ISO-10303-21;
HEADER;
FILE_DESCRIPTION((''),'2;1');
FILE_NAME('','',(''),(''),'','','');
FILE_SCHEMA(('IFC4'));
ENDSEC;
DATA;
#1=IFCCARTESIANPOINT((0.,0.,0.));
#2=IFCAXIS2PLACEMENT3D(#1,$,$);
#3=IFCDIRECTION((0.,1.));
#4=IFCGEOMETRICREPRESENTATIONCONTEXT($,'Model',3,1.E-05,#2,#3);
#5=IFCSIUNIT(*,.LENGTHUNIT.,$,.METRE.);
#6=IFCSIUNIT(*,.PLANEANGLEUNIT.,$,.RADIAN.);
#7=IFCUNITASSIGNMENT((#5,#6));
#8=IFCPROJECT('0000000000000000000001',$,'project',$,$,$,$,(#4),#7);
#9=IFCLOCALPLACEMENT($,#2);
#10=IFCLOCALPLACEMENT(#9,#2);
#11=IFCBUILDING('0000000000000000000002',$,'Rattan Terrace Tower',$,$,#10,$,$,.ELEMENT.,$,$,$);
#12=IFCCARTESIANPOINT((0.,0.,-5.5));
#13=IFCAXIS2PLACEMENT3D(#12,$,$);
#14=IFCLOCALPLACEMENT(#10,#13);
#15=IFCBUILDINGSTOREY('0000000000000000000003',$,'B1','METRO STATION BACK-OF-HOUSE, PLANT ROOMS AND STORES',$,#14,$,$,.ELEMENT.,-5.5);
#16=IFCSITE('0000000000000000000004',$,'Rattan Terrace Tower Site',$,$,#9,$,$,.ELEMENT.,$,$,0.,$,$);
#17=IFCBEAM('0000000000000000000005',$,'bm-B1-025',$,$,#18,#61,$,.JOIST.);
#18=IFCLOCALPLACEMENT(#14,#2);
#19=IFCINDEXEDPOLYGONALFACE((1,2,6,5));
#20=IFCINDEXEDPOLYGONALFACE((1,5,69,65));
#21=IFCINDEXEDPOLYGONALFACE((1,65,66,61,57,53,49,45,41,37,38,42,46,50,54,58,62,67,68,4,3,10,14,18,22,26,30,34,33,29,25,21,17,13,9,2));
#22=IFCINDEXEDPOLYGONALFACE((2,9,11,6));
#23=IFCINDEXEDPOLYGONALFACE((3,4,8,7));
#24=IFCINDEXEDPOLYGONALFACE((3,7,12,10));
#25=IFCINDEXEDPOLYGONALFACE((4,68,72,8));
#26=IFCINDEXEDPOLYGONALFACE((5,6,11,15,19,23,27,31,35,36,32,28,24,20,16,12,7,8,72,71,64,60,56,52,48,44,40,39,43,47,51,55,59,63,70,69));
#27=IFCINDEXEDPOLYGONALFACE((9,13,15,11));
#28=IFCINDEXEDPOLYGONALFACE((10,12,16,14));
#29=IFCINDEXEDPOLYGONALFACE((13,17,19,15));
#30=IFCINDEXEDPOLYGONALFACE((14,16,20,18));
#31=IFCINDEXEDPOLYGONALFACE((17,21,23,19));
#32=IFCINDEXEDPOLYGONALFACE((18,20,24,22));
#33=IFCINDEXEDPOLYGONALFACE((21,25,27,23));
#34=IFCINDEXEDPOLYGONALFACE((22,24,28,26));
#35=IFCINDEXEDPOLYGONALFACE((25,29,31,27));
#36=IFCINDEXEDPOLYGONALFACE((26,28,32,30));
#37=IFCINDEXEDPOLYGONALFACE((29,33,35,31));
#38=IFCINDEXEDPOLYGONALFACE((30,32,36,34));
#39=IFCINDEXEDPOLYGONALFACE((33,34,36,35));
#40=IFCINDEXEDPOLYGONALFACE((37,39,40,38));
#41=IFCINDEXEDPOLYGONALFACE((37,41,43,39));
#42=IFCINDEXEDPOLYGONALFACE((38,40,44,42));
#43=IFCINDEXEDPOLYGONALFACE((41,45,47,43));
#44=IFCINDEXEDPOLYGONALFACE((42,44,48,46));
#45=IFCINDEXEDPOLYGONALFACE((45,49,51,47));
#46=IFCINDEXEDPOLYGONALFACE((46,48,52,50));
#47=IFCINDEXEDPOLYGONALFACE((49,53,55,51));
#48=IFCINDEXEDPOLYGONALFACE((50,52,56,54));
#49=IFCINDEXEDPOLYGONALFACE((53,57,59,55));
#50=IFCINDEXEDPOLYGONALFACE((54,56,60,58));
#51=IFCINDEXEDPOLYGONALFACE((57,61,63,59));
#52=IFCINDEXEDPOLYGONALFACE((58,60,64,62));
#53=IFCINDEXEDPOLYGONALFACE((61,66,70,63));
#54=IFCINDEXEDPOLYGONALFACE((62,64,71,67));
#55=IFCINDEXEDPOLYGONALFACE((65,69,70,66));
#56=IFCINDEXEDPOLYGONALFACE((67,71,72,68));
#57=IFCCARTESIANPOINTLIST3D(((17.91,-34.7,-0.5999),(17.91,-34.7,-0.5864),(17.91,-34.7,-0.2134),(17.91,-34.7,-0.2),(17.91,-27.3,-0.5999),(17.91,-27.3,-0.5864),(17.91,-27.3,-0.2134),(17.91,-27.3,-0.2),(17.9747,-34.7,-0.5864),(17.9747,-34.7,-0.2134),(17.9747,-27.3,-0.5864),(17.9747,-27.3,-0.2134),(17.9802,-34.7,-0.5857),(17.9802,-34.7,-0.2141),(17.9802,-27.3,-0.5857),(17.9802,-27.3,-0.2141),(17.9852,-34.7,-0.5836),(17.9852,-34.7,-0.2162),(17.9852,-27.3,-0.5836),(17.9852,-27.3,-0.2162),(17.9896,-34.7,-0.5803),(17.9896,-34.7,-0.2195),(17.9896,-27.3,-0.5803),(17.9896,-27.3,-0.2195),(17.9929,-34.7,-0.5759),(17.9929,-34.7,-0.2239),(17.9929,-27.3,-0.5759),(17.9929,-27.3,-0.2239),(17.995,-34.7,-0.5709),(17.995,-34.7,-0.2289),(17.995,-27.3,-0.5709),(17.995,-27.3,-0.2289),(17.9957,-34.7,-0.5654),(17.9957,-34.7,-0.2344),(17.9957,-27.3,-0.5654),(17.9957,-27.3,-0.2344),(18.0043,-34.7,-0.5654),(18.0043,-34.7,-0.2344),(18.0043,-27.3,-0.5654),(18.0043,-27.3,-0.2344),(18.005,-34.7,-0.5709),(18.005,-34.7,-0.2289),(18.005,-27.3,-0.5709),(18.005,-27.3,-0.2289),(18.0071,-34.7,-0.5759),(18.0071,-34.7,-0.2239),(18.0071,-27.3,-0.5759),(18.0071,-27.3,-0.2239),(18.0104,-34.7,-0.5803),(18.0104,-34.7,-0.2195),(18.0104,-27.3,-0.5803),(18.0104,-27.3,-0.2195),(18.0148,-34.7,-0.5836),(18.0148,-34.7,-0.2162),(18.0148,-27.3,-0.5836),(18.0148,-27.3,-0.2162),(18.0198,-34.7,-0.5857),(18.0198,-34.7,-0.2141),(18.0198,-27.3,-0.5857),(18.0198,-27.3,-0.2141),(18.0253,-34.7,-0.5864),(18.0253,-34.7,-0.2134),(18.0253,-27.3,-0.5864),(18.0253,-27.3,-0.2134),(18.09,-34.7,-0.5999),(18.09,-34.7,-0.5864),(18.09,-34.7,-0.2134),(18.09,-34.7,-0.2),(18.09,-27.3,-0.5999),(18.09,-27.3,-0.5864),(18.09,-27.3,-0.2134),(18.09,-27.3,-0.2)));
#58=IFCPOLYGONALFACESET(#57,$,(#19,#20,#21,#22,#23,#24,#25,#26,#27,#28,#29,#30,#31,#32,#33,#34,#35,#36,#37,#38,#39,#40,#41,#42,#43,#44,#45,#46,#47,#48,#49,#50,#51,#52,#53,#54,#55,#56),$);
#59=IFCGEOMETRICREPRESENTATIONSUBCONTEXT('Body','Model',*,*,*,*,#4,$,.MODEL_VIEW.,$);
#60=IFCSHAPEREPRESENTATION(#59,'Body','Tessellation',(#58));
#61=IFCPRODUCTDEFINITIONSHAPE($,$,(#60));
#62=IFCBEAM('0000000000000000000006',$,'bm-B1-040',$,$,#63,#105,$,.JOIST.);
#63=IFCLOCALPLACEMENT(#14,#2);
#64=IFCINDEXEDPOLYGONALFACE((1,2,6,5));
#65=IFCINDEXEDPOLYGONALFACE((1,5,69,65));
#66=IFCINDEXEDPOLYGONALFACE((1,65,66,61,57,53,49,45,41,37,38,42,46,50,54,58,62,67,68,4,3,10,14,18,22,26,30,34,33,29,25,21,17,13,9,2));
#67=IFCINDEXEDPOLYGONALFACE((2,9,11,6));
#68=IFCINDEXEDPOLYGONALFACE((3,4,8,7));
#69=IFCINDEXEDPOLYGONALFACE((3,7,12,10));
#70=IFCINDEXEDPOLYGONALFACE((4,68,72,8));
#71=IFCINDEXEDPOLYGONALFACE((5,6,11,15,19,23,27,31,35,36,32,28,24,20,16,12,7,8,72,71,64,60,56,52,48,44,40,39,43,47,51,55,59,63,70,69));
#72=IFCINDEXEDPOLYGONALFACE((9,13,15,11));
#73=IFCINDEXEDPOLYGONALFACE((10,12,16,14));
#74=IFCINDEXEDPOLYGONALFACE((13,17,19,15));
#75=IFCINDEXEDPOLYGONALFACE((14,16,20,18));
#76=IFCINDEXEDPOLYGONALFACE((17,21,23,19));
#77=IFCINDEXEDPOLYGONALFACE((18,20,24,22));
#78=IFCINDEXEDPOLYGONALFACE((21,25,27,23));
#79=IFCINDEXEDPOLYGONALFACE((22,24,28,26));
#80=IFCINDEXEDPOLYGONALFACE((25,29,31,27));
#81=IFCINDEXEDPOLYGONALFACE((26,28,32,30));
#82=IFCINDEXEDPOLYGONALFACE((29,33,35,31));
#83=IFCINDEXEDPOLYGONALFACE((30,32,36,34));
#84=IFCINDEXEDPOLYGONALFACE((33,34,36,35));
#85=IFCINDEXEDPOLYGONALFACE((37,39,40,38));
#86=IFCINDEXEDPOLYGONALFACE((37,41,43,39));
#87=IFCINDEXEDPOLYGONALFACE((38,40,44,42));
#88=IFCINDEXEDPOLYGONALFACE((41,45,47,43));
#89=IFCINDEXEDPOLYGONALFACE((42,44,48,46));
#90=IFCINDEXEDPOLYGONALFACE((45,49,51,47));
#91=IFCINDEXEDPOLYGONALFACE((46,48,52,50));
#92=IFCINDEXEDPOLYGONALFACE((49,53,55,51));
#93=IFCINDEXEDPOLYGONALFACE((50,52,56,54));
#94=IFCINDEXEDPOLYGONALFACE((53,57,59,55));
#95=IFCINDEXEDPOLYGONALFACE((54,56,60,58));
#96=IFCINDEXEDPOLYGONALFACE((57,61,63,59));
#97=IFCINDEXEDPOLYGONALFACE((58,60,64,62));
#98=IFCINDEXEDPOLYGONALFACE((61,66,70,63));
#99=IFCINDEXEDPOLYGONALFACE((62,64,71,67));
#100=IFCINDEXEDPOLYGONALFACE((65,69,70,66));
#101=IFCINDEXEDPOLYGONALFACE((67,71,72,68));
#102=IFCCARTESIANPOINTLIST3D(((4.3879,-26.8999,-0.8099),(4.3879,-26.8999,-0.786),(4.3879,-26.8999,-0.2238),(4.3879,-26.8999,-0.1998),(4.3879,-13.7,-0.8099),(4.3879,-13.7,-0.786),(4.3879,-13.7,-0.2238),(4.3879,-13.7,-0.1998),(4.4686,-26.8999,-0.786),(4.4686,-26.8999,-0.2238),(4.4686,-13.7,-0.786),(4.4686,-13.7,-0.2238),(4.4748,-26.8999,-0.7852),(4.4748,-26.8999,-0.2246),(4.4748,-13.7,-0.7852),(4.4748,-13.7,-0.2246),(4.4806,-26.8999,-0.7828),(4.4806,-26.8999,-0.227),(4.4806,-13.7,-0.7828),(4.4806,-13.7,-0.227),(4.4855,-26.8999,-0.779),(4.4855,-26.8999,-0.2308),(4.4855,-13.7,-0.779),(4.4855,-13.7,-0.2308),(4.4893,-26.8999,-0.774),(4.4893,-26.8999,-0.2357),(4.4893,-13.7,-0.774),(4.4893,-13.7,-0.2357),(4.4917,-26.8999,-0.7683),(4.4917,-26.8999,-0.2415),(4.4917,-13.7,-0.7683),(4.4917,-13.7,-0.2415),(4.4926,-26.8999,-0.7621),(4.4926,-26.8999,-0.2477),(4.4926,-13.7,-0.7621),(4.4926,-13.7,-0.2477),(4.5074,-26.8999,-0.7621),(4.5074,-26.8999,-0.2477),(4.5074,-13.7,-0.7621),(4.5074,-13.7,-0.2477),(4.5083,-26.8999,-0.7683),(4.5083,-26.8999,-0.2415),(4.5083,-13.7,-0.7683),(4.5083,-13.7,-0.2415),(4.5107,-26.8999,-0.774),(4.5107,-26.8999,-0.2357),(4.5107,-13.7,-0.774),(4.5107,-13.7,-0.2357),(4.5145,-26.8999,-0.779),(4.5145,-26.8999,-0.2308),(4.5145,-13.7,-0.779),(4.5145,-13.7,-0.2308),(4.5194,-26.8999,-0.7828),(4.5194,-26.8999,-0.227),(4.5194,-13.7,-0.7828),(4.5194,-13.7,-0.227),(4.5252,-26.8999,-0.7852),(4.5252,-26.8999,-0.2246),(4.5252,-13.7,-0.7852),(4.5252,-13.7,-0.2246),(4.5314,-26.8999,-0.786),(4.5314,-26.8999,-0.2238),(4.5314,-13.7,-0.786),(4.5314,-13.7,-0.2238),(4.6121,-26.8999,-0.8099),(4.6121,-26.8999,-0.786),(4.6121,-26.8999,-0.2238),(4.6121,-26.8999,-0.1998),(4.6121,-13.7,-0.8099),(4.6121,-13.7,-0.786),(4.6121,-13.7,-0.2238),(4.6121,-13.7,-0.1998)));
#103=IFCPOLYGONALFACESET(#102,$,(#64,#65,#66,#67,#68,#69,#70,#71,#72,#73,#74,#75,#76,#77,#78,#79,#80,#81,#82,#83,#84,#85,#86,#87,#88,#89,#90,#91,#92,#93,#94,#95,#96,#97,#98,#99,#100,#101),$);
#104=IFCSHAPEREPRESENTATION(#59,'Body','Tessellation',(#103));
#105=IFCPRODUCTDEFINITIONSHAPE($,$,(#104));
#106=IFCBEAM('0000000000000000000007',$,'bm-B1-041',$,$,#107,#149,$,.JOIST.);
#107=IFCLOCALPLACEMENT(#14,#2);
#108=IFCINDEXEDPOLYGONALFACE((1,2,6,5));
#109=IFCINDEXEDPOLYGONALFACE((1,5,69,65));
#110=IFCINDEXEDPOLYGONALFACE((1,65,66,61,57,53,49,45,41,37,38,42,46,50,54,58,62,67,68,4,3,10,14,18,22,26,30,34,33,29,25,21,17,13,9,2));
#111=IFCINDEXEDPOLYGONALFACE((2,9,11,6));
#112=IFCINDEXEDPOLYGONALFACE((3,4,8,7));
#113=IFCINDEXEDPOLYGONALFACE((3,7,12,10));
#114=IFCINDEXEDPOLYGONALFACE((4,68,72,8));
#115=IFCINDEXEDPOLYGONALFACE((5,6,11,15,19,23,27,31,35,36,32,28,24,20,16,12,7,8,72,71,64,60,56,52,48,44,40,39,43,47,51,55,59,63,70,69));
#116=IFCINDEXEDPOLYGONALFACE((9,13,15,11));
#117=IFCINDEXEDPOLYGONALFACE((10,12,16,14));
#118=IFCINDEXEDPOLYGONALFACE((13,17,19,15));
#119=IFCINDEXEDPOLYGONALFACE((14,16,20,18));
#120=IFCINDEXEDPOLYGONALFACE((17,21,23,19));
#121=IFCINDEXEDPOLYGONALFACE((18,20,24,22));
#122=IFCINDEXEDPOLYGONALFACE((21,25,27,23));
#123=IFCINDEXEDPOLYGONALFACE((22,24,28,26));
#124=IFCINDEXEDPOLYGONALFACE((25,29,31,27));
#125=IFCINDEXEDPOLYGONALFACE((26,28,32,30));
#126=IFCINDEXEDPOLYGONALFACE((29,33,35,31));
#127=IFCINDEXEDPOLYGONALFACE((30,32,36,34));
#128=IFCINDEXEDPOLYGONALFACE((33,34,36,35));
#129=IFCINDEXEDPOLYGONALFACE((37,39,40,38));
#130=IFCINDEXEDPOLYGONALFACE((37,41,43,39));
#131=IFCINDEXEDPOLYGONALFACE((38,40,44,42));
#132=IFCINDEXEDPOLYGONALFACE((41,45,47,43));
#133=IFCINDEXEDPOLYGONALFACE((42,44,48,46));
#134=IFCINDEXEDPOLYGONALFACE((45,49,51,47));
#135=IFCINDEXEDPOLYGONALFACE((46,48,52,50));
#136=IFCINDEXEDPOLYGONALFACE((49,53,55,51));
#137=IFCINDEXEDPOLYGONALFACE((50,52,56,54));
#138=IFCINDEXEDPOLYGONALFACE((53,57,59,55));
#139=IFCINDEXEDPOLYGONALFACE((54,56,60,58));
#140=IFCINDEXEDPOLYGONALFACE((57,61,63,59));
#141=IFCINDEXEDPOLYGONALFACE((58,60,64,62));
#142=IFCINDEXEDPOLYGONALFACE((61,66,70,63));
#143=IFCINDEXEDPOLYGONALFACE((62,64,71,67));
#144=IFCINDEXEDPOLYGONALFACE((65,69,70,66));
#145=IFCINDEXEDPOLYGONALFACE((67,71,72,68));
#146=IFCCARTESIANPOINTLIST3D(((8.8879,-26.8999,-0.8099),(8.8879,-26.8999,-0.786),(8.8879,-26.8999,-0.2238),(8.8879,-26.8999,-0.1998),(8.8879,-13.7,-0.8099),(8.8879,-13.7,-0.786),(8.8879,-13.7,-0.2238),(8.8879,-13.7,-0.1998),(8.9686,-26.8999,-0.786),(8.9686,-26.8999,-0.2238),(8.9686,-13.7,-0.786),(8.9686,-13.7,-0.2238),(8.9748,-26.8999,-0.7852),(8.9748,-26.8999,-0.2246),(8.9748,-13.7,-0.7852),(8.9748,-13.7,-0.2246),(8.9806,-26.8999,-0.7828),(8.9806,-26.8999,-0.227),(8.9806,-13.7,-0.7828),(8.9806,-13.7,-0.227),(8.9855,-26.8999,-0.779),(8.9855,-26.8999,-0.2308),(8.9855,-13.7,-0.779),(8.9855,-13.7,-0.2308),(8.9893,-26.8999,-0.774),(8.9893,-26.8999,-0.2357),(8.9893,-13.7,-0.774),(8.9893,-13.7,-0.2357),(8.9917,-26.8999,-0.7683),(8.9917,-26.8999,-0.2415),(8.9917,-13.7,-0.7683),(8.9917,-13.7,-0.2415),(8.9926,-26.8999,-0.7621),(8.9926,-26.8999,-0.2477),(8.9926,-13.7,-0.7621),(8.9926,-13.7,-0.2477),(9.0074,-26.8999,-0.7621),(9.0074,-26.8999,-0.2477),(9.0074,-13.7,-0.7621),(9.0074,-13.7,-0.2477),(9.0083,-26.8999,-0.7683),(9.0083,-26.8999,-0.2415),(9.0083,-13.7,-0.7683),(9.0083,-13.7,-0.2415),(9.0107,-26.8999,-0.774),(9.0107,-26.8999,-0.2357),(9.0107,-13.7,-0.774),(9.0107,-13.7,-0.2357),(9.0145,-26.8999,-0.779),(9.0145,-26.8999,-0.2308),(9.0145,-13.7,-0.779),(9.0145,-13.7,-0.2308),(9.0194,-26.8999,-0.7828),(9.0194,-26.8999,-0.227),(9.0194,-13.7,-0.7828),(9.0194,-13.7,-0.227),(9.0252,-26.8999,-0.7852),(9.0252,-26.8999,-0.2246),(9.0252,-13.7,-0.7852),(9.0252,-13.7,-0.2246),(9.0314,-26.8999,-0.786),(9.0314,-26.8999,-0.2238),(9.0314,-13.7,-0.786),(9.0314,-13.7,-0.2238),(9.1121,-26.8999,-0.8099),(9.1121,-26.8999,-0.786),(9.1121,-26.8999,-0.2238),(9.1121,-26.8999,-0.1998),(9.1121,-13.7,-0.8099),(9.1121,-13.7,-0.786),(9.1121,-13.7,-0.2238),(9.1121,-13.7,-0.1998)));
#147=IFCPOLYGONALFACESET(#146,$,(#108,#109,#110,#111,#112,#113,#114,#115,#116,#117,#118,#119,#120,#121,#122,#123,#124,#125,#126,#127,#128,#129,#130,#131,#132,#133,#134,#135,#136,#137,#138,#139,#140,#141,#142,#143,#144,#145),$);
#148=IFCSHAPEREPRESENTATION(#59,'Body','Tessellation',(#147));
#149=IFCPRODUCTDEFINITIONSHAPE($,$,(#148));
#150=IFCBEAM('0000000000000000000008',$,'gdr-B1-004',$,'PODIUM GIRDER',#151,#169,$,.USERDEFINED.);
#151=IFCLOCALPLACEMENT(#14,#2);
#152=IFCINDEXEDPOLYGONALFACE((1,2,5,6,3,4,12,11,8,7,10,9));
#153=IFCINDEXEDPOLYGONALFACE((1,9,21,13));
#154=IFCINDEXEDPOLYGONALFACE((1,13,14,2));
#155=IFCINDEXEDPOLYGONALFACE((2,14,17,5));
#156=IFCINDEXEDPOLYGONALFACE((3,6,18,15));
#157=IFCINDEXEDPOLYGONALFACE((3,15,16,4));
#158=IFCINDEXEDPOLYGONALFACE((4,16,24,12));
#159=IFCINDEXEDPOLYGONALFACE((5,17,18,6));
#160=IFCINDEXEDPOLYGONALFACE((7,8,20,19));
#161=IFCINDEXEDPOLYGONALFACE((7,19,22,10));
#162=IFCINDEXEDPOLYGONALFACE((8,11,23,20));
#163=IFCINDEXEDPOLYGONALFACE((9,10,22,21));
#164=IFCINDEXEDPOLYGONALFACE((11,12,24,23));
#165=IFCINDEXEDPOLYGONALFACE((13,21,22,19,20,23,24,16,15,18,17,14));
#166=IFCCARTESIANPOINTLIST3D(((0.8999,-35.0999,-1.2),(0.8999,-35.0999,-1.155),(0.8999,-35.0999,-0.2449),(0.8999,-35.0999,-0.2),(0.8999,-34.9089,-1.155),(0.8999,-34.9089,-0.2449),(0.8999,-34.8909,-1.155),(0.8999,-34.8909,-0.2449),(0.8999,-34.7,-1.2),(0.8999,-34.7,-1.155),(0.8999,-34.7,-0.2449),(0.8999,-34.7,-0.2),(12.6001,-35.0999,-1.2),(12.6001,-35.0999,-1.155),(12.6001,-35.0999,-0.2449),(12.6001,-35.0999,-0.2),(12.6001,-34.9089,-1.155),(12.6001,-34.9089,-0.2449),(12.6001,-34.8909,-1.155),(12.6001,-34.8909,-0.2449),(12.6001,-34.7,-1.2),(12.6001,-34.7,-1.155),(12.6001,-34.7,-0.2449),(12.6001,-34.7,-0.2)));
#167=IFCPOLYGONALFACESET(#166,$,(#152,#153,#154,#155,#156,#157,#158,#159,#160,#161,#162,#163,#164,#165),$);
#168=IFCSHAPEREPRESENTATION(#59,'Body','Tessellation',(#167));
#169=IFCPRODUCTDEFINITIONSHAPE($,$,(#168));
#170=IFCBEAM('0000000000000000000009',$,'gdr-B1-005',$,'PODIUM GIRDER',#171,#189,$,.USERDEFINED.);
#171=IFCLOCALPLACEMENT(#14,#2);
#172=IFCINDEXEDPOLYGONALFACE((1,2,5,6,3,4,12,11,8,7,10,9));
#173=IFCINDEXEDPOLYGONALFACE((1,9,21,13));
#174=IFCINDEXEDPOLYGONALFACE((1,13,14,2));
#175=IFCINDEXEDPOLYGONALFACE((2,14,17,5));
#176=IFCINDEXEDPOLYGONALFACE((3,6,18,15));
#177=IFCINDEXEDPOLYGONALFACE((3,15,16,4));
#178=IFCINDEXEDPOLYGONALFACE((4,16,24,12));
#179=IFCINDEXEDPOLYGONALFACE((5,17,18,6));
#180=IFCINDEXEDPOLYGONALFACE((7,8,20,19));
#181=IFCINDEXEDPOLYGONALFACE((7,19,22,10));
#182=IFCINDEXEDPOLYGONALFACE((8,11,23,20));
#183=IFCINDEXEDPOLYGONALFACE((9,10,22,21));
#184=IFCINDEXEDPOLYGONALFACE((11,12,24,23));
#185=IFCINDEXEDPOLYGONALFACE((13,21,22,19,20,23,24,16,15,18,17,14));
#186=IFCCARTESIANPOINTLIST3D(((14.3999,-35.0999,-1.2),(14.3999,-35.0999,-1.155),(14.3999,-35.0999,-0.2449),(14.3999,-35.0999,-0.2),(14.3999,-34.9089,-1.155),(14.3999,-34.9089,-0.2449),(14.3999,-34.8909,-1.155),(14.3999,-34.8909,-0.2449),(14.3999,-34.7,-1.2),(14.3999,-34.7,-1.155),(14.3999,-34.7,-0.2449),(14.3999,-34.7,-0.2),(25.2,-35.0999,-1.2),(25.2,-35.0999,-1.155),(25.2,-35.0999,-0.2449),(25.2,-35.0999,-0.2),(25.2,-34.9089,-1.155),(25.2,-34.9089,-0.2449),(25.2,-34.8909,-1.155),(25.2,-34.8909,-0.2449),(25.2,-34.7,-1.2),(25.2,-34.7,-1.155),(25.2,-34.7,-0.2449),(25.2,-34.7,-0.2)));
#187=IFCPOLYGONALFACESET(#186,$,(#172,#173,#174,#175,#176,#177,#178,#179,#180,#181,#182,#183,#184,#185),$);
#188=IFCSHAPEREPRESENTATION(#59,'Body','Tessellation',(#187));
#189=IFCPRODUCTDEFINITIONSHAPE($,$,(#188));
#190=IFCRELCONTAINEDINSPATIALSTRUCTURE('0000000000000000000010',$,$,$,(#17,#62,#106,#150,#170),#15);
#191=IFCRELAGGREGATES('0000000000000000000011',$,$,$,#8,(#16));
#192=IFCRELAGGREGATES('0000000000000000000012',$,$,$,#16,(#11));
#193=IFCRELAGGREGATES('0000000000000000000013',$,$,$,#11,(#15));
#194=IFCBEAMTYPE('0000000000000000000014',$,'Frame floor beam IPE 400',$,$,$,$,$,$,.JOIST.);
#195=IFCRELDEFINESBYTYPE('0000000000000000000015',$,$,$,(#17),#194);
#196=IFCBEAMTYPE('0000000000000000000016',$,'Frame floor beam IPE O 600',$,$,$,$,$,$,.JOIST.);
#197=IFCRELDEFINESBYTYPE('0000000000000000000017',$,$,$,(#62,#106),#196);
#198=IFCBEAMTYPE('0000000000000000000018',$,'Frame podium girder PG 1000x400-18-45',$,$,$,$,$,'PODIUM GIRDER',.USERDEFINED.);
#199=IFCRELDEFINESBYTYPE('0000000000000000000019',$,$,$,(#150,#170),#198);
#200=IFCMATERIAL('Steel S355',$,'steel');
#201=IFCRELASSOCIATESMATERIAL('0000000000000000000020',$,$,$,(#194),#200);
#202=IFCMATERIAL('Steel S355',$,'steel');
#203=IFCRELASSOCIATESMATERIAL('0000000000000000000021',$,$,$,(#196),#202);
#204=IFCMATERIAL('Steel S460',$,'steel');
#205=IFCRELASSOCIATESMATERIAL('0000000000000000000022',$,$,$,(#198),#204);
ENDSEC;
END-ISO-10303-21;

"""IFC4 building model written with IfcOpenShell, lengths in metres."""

from ifc_helpers import new_model, si_unit, direction, frame, origin, origin_2d, place, context, subcontext, project, spatial, i_section, extrude, material, material_profile, profile_set, type_object, element, save


model = new_model("IFC4")

# Units and contexts
model_context = context("Model", 3, precision=1e-05, world=origin(), true_north=direction((0.0, 1.0)))
body_context = subcontext(model_context, "Body", "Model", "MODEL_VIEW")
ifc_project = project(units=[si_unit("LENGTHUNIT", "METRE"), si_unit("PLANEANGLEUNIT", "RADIAN")], contexts=[model_context])

# Site, building, storey
site_placement = place(None, origin())
site = spatial("IfcSite", under=ifc_project, at=site_placement, Name="Rattan Terrace Tower Site", CompositionType="ELEMENT", RefElevation=0.0)
building_placement = place(site_placement, origin())
building = spatial("IfcBuilding", under=site, at=building_placement, Name="Rattan Terrace Tower", CompositionType="ELEMENT")
storey_placement = place(building_placement, frame((0.0, 0.0, -5.5)))
storey = spatial("IfcBuildingStorey", under=building, at=storey_placement, Name="B1", Description="METRO STATION BACK-OF-HOUSE, PLANT ROOMS AND STORES", CompositionType="ELEMENT", Elevation=-5.5)

# Beams
ifc_material_1 = material(Name="Steel S355", Category="steel")
ifc_material_profile_1 = material_profile(ifc_material_1, i_section(OverallWidth=0.1799, OverallDepth=0.3999, WebThickness=0.0085, FlangeThickness=0.0134, FilletRadius=0.021, at=origin_2d()), Name="IPE 400")
ifc_profile_set_1 = profile_set([ifc_material_profile_1], Name="Steel S355")
beam_type_1 = type_object("IfcBeamType", Name="Frame floor beam IPE 400", PredefinedType="JOIST", material=ifc_profile_set_1)
for number, where, z_axis, x_axis, name in (
    (1, (18.0, -34.7, -0.3999), (0.0, 1.0, 0.0), (-1.0, 0.0, 0.0), "bm-B1-025"),
):
    element("IfcBeam", number, at=place(storey_placement, frame(where, z_axis=z_axis, x_axis=x_axis)), inside=storey, type_object=beam_type_1, Name=name, PredefinedType="JOIST", context=body_context, shape_type="SweptSolid", body=[
        extrude(i_section(OverallWidth=0.1799, OverallDepth=0.3999, WebThickness=0.0085, FlangeThickness=0.0134, FilletRadius=0.021, at=origin_2d()), origin(), (0.0, 0.0, 1.0), 7.3999),
    ])
ifc_material_2 = material(Name="Steel S355", Category="steel")
ifc_material_profile_2 = material_profile(ifc_material_2, i_section(OverallWidth=0.2241, OverallDepth=0.6101, WebThickness=0.0149, FlangeThickness=0.0239, FilletRadius=0.0239, at=origin_2d()), Name="IPE O 600")
ifc_profile_set_2 = profile_set([ifc_material_profile_2], Name="Steel S355")
beam_type_2 = type_object("IfcBeamType", Name="Frame floor beam IPE O 600", PredefinedType="JOIST", material=ifc_profile_set_2)
for number, where, z_axis, x_axis, name in (
    (2, (4.5, -26.8999, -0.5049), (0.0, 1.0, 0.0), (-1.0, 0.0, 0.0), "bm-B1-040"),
    (3, (9.0, -26.8999, -0.5049), (0.0, 1.0, 0.0), (-1.0, 0.0, 0.0), "bm-B1-041"),
):
    element("IfcBeam", number, at=place(storey_placement, frame(where, z_axis=z_axis, x_axis=x_axis)), inside=storey, type_object=beam_type_2, Name=name, PredefinedType="JOIST", context=body_context, shape_type="SweptSolid", body=[
        extrude(i_section(OverallWidth=0.2241, OverallDepth=0.6101, WebThickness=0.0149, FlangeThickness=0.0239, FilletRadius=0.0239, at=origin_2d()), origin(), (0.0, 0.0, 1.0), 13.2),
    ])
ifc_material_3 = material(Name="Steel S460", Category="steel")
ifc_material_profile_3 = material_profile(ifc_material_3, i_section(OverallWidth=0.3999, OverallDepth=1.0, WebThickness=0.0181, FlangeThickness=0.0449, at=origin_2d()), Name="PG 1000x400-18-45")
ifc_profile_set_3 = profile_set([ifc_material_profile_3], Name="Steel S460")
beam_type_3 = type_object("IfcBeamType", Name="Frame podium girder PG 1000x400-18-45", ElementType="PODIUM GIRDER", PredefinedType="USERDEFINED", material=ifc_profile_set_3)
beam_1_placement = place(storey_placement, frame((0.8999, -34.8999, -0.7), z_axis=(1.0, 0.0, 0.0), x_axis=(0.0, 1.0, 0.0)))
element("IfcBeam", 4, at=beam_1_placement, inside=storey, type_object=beam_type_3, Name="gdr-B1-004", ObjectType="PODIUM GIRDER", PredefinedType="USERDEFINED", context=body_context, shape_type="SweptSolid", body=[
    extrude(i_section(OverallWidth=0.3999, OverallDepth=1.0, WebThickness=0.0181, FlangeThickness=0.0449, at=origin_2d()), origin(), (0.0, 0.0, 1.0), 11.7002),
])
beam_2_placement = place(storey_placement, frame((14.3999, -34.8999, -0.7), z_axis=(1.0, 0.0, 0.0), x_axis=(0.0, 1.0, 0.0)))
element("IfcBeam", 5, at=beam_2_placement, inside=storey, type_object=beam_type_3, Name="gdr-B1-005", ObjectType="PODIUM GIRDER", PredefinedType="USERDEFINED", context=body_context, shape_type="SweptSolid", body=[
    extrude(i_section(OverallWidth=0.3999, OverallDepth=1.0, WebThickness=0.0181, FlangeThickness=0.0449, at=origin_2d()), origin(), (0.0, 0.0, 1.0), 10.8),
])

save(model, "model.ifc")
